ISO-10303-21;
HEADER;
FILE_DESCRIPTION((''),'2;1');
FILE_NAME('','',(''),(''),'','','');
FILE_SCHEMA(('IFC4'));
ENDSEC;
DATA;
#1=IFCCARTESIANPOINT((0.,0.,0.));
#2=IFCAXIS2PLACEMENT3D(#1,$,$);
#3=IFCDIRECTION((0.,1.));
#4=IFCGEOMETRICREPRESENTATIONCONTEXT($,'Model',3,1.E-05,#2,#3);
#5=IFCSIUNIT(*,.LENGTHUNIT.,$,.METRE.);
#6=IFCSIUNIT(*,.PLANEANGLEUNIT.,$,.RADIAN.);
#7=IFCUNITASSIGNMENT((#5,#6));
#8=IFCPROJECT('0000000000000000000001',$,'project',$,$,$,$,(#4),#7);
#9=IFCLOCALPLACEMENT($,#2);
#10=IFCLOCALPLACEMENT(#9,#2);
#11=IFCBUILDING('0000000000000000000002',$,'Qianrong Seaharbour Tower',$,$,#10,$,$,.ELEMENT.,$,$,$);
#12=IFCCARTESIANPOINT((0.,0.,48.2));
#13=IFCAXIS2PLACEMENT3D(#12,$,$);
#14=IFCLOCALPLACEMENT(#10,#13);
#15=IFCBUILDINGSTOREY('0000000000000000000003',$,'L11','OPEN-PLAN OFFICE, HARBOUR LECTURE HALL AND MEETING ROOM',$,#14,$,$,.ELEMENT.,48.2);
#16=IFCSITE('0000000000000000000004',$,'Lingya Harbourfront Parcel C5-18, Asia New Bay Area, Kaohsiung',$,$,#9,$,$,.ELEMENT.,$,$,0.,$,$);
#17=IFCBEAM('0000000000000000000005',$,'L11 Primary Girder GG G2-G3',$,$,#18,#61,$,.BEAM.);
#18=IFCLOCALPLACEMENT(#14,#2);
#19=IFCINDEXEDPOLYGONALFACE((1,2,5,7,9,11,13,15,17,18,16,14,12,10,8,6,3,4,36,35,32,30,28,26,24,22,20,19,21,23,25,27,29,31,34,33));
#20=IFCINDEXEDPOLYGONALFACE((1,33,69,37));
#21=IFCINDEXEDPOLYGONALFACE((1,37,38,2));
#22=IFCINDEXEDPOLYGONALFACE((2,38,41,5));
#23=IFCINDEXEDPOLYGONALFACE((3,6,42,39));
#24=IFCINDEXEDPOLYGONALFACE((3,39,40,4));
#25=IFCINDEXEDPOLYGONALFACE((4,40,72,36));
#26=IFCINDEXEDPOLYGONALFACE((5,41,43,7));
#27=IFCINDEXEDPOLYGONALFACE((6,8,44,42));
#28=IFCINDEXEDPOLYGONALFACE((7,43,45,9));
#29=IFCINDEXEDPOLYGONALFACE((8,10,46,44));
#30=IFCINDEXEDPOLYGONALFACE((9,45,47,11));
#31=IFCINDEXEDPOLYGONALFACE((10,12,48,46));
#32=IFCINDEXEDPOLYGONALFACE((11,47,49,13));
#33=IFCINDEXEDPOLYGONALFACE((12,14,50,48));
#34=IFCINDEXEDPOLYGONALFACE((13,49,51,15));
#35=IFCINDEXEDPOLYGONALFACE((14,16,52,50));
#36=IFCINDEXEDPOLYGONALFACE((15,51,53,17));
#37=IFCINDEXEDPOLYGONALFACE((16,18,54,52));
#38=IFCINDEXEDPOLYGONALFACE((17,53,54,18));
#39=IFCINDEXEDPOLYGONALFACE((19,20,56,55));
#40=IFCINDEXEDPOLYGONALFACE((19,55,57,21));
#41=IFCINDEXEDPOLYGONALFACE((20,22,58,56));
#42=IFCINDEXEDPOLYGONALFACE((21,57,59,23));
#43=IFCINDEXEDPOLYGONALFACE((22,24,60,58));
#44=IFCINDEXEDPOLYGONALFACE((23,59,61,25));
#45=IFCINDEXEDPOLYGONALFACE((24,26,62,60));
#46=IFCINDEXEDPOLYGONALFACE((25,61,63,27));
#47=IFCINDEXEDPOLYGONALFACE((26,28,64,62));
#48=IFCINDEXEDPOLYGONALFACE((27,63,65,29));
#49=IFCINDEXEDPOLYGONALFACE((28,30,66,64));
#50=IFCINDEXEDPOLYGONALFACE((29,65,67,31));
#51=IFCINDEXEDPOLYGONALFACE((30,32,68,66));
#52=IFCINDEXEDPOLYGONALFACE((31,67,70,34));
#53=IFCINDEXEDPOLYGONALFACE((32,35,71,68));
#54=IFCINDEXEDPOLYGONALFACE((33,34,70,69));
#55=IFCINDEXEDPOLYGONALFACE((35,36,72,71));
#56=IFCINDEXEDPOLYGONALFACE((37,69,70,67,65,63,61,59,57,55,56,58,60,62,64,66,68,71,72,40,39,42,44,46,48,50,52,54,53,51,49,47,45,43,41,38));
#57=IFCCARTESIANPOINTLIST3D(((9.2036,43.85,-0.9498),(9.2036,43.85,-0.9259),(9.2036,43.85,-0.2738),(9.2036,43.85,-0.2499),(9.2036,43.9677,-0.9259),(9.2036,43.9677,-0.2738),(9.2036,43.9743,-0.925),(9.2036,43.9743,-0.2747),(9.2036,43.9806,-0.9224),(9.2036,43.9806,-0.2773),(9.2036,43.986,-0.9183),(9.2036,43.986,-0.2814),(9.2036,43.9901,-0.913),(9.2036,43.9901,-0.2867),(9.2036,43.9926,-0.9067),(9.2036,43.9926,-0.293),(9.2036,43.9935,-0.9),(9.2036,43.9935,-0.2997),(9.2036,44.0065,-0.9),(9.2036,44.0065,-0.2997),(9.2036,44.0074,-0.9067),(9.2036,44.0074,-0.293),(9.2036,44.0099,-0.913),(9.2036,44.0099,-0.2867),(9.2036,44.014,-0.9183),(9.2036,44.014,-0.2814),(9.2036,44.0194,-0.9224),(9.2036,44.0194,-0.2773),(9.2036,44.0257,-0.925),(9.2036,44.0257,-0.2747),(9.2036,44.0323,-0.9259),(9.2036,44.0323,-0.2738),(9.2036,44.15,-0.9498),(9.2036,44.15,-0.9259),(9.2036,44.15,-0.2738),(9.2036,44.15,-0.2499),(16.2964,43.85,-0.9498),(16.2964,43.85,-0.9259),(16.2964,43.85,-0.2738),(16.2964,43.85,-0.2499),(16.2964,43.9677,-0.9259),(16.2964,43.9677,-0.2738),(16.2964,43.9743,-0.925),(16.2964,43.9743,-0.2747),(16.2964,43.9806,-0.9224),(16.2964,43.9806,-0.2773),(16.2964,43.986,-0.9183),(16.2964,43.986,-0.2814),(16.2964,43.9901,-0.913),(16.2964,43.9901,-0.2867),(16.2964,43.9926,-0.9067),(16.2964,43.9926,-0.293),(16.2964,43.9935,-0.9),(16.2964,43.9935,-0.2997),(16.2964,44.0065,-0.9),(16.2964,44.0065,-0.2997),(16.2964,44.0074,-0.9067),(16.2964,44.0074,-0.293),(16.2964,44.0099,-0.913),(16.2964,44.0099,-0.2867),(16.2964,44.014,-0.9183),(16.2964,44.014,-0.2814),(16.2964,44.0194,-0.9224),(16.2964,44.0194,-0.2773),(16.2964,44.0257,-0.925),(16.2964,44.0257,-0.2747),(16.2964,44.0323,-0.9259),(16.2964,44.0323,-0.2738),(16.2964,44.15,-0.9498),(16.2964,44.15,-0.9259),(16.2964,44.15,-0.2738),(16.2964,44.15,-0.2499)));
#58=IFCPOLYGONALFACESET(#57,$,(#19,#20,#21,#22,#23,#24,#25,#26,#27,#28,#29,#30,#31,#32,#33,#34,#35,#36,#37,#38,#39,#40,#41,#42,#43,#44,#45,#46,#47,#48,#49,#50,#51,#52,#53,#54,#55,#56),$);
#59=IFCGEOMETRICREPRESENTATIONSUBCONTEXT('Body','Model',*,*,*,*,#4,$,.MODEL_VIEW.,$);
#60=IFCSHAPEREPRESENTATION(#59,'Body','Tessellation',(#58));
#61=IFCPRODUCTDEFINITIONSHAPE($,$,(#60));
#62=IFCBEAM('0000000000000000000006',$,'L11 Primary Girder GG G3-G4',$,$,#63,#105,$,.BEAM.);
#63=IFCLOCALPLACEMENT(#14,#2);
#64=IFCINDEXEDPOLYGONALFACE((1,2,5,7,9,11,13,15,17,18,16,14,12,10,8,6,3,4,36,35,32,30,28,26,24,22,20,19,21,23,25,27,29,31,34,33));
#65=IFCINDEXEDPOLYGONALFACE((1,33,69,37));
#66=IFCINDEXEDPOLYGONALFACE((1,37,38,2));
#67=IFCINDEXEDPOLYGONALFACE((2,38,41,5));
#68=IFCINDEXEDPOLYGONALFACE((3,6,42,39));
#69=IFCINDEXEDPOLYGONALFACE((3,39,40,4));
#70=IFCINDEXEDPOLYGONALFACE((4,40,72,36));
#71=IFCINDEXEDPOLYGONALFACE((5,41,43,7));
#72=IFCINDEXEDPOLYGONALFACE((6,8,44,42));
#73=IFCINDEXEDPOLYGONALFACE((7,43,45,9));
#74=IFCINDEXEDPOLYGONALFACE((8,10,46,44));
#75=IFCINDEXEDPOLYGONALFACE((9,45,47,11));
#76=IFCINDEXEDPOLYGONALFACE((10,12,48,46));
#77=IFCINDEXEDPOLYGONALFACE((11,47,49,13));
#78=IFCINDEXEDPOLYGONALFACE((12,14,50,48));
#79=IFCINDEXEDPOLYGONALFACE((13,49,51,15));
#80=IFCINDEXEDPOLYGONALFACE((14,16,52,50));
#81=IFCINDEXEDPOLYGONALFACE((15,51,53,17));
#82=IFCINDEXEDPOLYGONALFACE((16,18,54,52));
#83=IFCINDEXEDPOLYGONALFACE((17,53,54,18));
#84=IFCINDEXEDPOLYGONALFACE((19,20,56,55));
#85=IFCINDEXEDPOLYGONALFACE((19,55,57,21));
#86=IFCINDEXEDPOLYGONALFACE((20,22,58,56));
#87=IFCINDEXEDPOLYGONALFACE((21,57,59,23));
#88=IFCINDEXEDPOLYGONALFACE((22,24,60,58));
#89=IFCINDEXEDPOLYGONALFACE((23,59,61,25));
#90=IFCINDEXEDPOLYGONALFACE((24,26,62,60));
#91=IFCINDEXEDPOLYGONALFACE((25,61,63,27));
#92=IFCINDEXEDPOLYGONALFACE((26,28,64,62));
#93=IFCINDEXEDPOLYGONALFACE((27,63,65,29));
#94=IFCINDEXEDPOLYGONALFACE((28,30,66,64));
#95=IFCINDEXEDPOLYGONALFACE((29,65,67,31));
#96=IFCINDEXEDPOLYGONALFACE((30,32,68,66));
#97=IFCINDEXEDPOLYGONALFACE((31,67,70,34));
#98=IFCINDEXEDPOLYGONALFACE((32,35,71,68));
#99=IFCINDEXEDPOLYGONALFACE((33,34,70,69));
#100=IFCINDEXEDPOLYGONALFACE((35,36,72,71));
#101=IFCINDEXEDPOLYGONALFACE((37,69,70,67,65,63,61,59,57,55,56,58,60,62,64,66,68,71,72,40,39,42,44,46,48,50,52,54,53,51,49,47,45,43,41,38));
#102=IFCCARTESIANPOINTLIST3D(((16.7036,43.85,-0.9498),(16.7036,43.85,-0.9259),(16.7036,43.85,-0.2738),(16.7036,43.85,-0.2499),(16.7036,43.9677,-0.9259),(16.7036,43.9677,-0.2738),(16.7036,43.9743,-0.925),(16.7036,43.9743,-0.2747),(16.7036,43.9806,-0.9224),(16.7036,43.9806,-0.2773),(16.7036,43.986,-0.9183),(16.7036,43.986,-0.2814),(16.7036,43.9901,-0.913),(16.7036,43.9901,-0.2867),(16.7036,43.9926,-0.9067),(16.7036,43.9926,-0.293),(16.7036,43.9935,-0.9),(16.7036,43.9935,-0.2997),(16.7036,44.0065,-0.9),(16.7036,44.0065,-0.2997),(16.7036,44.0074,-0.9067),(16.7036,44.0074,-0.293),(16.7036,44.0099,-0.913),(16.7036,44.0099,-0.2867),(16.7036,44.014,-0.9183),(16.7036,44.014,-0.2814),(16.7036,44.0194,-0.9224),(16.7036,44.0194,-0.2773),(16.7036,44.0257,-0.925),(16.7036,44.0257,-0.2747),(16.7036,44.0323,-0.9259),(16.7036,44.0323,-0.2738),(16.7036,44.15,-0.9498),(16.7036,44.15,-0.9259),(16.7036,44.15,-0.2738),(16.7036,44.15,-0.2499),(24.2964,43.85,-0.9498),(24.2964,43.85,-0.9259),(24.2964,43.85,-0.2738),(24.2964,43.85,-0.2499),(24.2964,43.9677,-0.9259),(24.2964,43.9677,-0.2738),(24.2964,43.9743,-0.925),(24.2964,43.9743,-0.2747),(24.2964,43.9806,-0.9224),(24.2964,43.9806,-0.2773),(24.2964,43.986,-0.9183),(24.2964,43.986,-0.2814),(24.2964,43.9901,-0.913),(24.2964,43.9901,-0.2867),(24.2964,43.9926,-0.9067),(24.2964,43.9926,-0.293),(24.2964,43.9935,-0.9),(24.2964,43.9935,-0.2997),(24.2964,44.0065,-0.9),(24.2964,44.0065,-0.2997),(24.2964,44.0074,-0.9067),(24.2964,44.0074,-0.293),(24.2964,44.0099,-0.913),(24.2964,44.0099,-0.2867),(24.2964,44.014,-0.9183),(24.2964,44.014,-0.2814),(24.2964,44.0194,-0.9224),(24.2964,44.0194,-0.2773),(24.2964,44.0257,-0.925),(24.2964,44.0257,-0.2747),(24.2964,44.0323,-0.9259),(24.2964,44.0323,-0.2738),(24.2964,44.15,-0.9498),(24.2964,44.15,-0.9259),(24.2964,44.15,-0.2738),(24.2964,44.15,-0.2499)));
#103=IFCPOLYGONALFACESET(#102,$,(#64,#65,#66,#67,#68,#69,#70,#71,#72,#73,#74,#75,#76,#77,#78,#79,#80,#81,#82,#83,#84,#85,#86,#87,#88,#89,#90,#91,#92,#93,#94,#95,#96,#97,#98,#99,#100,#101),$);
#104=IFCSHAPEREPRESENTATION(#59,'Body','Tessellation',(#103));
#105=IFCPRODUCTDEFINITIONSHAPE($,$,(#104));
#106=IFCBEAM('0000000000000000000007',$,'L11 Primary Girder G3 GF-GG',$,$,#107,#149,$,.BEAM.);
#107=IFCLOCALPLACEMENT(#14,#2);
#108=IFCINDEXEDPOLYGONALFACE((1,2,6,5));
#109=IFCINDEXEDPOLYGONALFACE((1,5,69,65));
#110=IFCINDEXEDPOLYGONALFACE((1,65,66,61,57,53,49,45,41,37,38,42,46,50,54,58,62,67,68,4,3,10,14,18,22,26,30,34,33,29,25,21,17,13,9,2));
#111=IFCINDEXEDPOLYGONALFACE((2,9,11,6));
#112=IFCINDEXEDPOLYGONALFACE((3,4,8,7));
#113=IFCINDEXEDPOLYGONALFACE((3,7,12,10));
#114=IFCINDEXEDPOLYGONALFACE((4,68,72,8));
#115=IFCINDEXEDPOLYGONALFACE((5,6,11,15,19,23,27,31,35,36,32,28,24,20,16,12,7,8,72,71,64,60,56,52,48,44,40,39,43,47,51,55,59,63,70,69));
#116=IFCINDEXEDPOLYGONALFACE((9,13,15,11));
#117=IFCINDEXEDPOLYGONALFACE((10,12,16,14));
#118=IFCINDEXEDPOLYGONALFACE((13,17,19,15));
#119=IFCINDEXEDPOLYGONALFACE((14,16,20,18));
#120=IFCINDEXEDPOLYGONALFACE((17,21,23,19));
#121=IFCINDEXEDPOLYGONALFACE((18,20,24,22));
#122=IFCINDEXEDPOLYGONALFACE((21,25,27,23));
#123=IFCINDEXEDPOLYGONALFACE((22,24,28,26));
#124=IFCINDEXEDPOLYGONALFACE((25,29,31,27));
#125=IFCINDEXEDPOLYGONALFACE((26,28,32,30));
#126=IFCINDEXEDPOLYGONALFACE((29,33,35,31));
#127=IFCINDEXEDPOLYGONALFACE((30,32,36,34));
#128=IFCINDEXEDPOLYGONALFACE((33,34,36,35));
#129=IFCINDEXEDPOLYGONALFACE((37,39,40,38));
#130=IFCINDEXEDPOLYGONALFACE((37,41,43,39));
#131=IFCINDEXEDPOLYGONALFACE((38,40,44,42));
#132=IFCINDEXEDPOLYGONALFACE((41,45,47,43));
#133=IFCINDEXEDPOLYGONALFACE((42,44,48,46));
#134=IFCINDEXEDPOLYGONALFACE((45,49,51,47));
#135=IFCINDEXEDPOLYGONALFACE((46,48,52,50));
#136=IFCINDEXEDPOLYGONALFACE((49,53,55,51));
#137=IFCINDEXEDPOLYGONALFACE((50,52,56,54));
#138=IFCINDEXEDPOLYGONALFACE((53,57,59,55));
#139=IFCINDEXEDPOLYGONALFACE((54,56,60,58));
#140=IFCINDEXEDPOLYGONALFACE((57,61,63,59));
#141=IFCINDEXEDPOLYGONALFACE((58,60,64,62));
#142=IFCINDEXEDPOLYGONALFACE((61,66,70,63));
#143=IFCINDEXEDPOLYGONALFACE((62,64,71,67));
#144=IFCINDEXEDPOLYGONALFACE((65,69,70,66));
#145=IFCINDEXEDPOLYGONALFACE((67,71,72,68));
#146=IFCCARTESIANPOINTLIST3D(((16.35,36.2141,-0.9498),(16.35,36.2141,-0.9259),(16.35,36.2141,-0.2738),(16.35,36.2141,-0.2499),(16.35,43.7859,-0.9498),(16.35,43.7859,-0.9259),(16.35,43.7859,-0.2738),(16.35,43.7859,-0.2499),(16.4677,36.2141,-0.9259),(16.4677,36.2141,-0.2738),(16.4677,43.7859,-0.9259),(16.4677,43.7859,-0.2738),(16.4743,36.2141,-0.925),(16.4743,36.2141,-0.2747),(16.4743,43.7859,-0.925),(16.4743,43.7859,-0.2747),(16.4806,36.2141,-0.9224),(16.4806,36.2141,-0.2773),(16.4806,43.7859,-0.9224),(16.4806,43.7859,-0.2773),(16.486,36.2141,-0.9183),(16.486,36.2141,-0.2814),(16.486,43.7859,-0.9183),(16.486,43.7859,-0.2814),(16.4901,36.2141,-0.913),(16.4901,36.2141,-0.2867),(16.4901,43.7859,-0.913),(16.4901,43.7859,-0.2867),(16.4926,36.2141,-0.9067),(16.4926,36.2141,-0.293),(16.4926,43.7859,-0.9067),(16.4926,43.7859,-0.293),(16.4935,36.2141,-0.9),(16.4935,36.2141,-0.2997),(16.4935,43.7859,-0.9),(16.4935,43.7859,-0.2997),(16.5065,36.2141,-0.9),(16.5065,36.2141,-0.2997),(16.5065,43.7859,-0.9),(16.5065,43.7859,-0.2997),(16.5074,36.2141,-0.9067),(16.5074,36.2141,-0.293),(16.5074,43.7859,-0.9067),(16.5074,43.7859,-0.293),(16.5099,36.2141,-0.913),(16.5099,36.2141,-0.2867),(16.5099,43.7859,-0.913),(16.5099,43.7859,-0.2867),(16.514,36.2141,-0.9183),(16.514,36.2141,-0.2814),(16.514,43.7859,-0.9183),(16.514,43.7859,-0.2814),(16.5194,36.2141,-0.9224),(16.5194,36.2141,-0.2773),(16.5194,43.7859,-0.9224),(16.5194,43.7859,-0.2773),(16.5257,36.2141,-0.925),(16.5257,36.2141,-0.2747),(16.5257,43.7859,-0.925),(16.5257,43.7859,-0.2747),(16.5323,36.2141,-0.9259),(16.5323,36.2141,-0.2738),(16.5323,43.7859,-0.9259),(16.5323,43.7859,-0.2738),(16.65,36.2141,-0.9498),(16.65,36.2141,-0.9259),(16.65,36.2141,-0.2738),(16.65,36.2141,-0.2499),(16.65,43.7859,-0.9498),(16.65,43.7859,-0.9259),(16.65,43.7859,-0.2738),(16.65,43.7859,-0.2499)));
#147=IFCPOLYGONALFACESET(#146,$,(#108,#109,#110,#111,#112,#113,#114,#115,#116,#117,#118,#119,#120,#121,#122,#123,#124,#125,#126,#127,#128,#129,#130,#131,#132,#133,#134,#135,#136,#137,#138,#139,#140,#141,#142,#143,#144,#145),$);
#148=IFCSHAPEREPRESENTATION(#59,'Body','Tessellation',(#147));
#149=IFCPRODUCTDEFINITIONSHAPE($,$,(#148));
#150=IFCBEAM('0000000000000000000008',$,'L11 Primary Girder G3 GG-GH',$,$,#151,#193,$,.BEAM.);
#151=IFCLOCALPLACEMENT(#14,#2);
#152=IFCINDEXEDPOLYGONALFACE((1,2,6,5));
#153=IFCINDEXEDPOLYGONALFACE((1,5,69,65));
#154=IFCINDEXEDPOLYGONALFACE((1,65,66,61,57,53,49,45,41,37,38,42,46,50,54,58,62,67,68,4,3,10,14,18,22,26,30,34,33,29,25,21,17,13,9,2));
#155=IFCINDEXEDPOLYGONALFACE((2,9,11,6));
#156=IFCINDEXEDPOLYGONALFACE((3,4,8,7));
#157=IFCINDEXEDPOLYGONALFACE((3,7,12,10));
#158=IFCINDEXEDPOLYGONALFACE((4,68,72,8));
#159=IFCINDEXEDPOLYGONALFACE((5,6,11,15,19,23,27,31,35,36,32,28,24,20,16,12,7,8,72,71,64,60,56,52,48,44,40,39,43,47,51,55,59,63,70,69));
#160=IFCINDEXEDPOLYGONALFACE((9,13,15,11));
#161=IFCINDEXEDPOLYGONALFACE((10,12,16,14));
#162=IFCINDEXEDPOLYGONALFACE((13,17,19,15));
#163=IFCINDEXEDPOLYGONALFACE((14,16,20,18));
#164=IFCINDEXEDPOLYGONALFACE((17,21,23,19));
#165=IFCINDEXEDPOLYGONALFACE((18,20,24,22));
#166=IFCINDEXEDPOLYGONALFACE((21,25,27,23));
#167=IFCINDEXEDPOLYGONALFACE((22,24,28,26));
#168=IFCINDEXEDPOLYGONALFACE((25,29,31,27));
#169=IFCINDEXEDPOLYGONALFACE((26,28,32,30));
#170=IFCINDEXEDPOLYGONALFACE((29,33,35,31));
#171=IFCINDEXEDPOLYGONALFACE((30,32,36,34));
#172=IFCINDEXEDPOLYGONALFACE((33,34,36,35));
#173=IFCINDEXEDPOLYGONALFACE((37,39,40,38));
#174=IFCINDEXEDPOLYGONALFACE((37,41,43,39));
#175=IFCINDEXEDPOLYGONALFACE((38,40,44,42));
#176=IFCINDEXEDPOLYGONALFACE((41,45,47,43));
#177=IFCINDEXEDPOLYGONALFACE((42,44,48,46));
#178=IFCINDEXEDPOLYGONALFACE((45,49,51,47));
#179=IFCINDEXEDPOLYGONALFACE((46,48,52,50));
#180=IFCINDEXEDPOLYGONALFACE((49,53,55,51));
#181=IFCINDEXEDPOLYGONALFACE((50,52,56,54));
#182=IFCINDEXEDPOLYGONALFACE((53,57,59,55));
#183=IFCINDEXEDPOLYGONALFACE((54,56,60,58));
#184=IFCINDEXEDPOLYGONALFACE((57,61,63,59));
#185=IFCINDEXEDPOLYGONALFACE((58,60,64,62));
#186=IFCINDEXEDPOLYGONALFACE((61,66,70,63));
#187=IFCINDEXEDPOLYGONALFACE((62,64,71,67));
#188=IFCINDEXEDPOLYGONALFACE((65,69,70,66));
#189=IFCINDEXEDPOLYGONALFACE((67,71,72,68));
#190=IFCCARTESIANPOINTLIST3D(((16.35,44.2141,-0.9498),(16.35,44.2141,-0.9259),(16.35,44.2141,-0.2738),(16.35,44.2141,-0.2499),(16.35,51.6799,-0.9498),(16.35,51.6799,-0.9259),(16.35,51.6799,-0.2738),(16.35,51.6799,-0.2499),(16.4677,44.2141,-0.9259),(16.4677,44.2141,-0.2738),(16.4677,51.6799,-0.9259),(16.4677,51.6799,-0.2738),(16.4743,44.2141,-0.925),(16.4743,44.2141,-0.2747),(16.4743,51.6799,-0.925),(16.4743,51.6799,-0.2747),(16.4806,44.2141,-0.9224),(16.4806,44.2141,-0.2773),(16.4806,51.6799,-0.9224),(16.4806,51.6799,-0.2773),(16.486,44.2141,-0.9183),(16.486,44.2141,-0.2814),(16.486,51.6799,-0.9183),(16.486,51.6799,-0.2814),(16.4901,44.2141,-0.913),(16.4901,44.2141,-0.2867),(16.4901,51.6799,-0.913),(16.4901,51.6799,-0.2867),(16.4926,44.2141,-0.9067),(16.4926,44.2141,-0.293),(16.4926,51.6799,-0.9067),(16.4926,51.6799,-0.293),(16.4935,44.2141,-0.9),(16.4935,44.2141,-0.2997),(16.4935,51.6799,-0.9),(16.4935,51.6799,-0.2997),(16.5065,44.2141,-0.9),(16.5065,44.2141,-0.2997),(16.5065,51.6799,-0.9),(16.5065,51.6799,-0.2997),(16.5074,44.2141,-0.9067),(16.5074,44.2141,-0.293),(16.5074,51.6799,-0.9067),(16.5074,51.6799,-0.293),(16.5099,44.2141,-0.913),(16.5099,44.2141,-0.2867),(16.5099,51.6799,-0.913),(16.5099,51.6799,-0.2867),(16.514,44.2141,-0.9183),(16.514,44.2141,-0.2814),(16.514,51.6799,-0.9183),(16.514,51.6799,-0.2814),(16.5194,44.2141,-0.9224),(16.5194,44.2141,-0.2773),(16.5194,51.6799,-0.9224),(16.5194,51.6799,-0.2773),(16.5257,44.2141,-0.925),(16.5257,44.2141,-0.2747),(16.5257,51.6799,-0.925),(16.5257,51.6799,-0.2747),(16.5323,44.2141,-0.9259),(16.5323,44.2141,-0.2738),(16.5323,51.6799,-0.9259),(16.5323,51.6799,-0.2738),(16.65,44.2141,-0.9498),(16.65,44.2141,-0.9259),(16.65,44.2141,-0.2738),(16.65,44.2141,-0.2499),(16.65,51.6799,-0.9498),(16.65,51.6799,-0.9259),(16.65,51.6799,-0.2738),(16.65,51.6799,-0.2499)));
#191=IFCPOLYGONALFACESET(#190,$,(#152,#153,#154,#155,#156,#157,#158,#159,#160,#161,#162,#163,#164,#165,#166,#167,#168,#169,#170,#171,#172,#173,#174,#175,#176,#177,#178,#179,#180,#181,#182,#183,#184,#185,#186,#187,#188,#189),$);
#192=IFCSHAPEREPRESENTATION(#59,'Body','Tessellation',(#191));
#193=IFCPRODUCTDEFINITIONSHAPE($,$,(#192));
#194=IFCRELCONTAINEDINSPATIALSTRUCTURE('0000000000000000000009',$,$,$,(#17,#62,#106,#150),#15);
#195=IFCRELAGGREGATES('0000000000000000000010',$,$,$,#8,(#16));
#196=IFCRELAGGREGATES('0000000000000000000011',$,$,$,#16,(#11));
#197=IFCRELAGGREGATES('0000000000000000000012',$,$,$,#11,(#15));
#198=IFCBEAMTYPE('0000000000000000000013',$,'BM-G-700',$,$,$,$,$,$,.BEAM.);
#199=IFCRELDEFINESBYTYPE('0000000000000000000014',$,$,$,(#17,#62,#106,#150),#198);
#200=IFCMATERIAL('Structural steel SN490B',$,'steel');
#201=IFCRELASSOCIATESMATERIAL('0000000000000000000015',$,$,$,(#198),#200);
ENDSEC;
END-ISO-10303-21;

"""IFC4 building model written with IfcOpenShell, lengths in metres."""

from ifc_helpers import new_model, si_unit, direction, frame, origin, origin_2d, place, context, subcontext, project, spatial, i_section, extrude, material, material_profile, profile_set, type_object, element, save


model = new_model("IFC4")

# Units and contexts
model_context = context("Model", 3, precision=1e-05, world=origin(), true_north=direction((0.0, 1.0)))
body_context = subcontext(model_context, "Body", "Model", "MODEL_VIEW")
ifc_project = project(units=[si_unit("LENGTHUNIT", "METRE"), si_unit("PLANEANGLEUNIT", "RADIAN")], contexts=[model_context])

# Site, building, storey
site_placement = place(None, origin())
site = spatial("IfcSite", under=ifc_project, at=site_placement, Name="Lingya Harbourfront Parcel C5-18, Asia New Bay Area, Kaohsiung", CompositionType="ELEMENT", RefElevation=0.0)
building_placement = place(site_placement, origin())
building = spatial("IfcBuilding", under=site, at=building_placement, Name="Qianrong Seaharbour Tower", CompositionType="ELEMENT")
storey_placement = place(building_placement, frame((0.0, 0.0, 48.2)))
storey = spatial("IfcBuildingStorey", under=building, at=storey_placement, Name="L11", Description="OPEN-PLAN OFFICE, HARBOUR LECTURE HALL AND MEETING ROOM", CompositionType="ELEMENT", Elevation=48.2)

# Shared definitions
ifc_material_1 = material(Name="Structural steel SN490B", Category="steel")

# Beams
ifc_material_profile_1 = material_profile(ifc_material_1, i_section(OverallWidth=0.3, OverallDepth=0.7, WebThickness=0.0129, FlangeThickness=0.0239, FilletRadius=0.0259, at=origin_2d()), Name="H700x300x13x24")
ifc_profile_set_1 = profile_set([ifc_material_profile_1], Name="Structural steel SN490B")
beam_type_1 = type_object("IfcBeamType", Name="BM-G-700", PredefinedType="BEAM", material=ifc_profile_set_1)
beam_1_placement = place(storey_placement, frame((9.2036, 44.0, -0.5999), z_axis=(1.0, 0.0, 0.0), x_axis=(0.0, 1.0, 0.0)))
element("IfcBeam", 1, at=beam_1_placement, inside=storey, type_object=beam_type_1, Name="L11 Primary Girder GG G2-G3", PredefinedType="BEAM", context=body_context, shape_type="SweptSolid", body=[
    extrude(i_section(OverallWidth=0.3, OverallDepth=0.7, WebThickness=0.0129, FlangeThickness=0.0239, FilletRadius=0.0259, at=origin_2d()), origin(), (0.0, 0.0, 1.0), 7.0928),
])
beam_2_placement = place(storey_placement, frame((16.7036, 44.0, -0.5999), z_axis=(1.0, 0.0, 0.0), x_axis=(0.0, 1.0, 0.0)))
element("IfcBeam", 2, at=beam_2_placement, inside=storey, type_object=beam_type_1, Name="L11 Primary Girder GG G3-G4", PredefinedType="BEAM", context=body_context, shape_type="SweptSolid", body=[
    extrude(i_section(OverallWidth=0.3, OverallDepth=0.7, WebThickness=0.0129, FlangeThickness=0.0239, FilletRadius=0.0259, at=origin_2d()), origin(), (0.0, 0.0, 1.0), 7.5928),
])
beam_3_placement = place(storey_placement, frame((16.5, 36.2141, -0.5999), z_axis=(0.0, 1.0, 0.0), x_axis=(-1.0, 0.0, 0.0)))
element("IfcBeam", 3, at=beam_3_placement, inside=storey, type_object=beam_type_1, Name="L11 Primary Girder G3 GF-GG", PredefinedType="BEAM", context=body_context, shape_type="SweptSolid", body=[
    extrude(i_section(OverallWidth=0.3, OverallDepth=0.7, WebThickness=0.0129, FlangeThickness=0.0239, FilletRadius=0.0259, at=origin_2d()), origin(), (0.0, 0.0, 1.0), 7.5718),
])
beam_4_placement = place(storey_placement, frame((16.5, 44.2141, -0.5999), z_axis=(0.0, 1.0, 0.0), x_axis=(-1.0, 0.0, 0.0)))
element("IfcBeam", 4, at=beam_4_placement, inside=storey, type_object=beam_type_1, Name="L11 Primary Girder G3 GG-GH", PredefinedType="BEAM", context=body_context, shape_type="SweptSolid", body=[
    extrude(i_section(OverallWidth=0.3, OverallDepth=0.7, WebThickness=0.0129, FlangeThickness=0.0239, FilletRadius=0.0259, at=origin_2d()), origin(), (0.0, 0.0, 1.0), 7.4658),
])

save(model, "model.ifc")
